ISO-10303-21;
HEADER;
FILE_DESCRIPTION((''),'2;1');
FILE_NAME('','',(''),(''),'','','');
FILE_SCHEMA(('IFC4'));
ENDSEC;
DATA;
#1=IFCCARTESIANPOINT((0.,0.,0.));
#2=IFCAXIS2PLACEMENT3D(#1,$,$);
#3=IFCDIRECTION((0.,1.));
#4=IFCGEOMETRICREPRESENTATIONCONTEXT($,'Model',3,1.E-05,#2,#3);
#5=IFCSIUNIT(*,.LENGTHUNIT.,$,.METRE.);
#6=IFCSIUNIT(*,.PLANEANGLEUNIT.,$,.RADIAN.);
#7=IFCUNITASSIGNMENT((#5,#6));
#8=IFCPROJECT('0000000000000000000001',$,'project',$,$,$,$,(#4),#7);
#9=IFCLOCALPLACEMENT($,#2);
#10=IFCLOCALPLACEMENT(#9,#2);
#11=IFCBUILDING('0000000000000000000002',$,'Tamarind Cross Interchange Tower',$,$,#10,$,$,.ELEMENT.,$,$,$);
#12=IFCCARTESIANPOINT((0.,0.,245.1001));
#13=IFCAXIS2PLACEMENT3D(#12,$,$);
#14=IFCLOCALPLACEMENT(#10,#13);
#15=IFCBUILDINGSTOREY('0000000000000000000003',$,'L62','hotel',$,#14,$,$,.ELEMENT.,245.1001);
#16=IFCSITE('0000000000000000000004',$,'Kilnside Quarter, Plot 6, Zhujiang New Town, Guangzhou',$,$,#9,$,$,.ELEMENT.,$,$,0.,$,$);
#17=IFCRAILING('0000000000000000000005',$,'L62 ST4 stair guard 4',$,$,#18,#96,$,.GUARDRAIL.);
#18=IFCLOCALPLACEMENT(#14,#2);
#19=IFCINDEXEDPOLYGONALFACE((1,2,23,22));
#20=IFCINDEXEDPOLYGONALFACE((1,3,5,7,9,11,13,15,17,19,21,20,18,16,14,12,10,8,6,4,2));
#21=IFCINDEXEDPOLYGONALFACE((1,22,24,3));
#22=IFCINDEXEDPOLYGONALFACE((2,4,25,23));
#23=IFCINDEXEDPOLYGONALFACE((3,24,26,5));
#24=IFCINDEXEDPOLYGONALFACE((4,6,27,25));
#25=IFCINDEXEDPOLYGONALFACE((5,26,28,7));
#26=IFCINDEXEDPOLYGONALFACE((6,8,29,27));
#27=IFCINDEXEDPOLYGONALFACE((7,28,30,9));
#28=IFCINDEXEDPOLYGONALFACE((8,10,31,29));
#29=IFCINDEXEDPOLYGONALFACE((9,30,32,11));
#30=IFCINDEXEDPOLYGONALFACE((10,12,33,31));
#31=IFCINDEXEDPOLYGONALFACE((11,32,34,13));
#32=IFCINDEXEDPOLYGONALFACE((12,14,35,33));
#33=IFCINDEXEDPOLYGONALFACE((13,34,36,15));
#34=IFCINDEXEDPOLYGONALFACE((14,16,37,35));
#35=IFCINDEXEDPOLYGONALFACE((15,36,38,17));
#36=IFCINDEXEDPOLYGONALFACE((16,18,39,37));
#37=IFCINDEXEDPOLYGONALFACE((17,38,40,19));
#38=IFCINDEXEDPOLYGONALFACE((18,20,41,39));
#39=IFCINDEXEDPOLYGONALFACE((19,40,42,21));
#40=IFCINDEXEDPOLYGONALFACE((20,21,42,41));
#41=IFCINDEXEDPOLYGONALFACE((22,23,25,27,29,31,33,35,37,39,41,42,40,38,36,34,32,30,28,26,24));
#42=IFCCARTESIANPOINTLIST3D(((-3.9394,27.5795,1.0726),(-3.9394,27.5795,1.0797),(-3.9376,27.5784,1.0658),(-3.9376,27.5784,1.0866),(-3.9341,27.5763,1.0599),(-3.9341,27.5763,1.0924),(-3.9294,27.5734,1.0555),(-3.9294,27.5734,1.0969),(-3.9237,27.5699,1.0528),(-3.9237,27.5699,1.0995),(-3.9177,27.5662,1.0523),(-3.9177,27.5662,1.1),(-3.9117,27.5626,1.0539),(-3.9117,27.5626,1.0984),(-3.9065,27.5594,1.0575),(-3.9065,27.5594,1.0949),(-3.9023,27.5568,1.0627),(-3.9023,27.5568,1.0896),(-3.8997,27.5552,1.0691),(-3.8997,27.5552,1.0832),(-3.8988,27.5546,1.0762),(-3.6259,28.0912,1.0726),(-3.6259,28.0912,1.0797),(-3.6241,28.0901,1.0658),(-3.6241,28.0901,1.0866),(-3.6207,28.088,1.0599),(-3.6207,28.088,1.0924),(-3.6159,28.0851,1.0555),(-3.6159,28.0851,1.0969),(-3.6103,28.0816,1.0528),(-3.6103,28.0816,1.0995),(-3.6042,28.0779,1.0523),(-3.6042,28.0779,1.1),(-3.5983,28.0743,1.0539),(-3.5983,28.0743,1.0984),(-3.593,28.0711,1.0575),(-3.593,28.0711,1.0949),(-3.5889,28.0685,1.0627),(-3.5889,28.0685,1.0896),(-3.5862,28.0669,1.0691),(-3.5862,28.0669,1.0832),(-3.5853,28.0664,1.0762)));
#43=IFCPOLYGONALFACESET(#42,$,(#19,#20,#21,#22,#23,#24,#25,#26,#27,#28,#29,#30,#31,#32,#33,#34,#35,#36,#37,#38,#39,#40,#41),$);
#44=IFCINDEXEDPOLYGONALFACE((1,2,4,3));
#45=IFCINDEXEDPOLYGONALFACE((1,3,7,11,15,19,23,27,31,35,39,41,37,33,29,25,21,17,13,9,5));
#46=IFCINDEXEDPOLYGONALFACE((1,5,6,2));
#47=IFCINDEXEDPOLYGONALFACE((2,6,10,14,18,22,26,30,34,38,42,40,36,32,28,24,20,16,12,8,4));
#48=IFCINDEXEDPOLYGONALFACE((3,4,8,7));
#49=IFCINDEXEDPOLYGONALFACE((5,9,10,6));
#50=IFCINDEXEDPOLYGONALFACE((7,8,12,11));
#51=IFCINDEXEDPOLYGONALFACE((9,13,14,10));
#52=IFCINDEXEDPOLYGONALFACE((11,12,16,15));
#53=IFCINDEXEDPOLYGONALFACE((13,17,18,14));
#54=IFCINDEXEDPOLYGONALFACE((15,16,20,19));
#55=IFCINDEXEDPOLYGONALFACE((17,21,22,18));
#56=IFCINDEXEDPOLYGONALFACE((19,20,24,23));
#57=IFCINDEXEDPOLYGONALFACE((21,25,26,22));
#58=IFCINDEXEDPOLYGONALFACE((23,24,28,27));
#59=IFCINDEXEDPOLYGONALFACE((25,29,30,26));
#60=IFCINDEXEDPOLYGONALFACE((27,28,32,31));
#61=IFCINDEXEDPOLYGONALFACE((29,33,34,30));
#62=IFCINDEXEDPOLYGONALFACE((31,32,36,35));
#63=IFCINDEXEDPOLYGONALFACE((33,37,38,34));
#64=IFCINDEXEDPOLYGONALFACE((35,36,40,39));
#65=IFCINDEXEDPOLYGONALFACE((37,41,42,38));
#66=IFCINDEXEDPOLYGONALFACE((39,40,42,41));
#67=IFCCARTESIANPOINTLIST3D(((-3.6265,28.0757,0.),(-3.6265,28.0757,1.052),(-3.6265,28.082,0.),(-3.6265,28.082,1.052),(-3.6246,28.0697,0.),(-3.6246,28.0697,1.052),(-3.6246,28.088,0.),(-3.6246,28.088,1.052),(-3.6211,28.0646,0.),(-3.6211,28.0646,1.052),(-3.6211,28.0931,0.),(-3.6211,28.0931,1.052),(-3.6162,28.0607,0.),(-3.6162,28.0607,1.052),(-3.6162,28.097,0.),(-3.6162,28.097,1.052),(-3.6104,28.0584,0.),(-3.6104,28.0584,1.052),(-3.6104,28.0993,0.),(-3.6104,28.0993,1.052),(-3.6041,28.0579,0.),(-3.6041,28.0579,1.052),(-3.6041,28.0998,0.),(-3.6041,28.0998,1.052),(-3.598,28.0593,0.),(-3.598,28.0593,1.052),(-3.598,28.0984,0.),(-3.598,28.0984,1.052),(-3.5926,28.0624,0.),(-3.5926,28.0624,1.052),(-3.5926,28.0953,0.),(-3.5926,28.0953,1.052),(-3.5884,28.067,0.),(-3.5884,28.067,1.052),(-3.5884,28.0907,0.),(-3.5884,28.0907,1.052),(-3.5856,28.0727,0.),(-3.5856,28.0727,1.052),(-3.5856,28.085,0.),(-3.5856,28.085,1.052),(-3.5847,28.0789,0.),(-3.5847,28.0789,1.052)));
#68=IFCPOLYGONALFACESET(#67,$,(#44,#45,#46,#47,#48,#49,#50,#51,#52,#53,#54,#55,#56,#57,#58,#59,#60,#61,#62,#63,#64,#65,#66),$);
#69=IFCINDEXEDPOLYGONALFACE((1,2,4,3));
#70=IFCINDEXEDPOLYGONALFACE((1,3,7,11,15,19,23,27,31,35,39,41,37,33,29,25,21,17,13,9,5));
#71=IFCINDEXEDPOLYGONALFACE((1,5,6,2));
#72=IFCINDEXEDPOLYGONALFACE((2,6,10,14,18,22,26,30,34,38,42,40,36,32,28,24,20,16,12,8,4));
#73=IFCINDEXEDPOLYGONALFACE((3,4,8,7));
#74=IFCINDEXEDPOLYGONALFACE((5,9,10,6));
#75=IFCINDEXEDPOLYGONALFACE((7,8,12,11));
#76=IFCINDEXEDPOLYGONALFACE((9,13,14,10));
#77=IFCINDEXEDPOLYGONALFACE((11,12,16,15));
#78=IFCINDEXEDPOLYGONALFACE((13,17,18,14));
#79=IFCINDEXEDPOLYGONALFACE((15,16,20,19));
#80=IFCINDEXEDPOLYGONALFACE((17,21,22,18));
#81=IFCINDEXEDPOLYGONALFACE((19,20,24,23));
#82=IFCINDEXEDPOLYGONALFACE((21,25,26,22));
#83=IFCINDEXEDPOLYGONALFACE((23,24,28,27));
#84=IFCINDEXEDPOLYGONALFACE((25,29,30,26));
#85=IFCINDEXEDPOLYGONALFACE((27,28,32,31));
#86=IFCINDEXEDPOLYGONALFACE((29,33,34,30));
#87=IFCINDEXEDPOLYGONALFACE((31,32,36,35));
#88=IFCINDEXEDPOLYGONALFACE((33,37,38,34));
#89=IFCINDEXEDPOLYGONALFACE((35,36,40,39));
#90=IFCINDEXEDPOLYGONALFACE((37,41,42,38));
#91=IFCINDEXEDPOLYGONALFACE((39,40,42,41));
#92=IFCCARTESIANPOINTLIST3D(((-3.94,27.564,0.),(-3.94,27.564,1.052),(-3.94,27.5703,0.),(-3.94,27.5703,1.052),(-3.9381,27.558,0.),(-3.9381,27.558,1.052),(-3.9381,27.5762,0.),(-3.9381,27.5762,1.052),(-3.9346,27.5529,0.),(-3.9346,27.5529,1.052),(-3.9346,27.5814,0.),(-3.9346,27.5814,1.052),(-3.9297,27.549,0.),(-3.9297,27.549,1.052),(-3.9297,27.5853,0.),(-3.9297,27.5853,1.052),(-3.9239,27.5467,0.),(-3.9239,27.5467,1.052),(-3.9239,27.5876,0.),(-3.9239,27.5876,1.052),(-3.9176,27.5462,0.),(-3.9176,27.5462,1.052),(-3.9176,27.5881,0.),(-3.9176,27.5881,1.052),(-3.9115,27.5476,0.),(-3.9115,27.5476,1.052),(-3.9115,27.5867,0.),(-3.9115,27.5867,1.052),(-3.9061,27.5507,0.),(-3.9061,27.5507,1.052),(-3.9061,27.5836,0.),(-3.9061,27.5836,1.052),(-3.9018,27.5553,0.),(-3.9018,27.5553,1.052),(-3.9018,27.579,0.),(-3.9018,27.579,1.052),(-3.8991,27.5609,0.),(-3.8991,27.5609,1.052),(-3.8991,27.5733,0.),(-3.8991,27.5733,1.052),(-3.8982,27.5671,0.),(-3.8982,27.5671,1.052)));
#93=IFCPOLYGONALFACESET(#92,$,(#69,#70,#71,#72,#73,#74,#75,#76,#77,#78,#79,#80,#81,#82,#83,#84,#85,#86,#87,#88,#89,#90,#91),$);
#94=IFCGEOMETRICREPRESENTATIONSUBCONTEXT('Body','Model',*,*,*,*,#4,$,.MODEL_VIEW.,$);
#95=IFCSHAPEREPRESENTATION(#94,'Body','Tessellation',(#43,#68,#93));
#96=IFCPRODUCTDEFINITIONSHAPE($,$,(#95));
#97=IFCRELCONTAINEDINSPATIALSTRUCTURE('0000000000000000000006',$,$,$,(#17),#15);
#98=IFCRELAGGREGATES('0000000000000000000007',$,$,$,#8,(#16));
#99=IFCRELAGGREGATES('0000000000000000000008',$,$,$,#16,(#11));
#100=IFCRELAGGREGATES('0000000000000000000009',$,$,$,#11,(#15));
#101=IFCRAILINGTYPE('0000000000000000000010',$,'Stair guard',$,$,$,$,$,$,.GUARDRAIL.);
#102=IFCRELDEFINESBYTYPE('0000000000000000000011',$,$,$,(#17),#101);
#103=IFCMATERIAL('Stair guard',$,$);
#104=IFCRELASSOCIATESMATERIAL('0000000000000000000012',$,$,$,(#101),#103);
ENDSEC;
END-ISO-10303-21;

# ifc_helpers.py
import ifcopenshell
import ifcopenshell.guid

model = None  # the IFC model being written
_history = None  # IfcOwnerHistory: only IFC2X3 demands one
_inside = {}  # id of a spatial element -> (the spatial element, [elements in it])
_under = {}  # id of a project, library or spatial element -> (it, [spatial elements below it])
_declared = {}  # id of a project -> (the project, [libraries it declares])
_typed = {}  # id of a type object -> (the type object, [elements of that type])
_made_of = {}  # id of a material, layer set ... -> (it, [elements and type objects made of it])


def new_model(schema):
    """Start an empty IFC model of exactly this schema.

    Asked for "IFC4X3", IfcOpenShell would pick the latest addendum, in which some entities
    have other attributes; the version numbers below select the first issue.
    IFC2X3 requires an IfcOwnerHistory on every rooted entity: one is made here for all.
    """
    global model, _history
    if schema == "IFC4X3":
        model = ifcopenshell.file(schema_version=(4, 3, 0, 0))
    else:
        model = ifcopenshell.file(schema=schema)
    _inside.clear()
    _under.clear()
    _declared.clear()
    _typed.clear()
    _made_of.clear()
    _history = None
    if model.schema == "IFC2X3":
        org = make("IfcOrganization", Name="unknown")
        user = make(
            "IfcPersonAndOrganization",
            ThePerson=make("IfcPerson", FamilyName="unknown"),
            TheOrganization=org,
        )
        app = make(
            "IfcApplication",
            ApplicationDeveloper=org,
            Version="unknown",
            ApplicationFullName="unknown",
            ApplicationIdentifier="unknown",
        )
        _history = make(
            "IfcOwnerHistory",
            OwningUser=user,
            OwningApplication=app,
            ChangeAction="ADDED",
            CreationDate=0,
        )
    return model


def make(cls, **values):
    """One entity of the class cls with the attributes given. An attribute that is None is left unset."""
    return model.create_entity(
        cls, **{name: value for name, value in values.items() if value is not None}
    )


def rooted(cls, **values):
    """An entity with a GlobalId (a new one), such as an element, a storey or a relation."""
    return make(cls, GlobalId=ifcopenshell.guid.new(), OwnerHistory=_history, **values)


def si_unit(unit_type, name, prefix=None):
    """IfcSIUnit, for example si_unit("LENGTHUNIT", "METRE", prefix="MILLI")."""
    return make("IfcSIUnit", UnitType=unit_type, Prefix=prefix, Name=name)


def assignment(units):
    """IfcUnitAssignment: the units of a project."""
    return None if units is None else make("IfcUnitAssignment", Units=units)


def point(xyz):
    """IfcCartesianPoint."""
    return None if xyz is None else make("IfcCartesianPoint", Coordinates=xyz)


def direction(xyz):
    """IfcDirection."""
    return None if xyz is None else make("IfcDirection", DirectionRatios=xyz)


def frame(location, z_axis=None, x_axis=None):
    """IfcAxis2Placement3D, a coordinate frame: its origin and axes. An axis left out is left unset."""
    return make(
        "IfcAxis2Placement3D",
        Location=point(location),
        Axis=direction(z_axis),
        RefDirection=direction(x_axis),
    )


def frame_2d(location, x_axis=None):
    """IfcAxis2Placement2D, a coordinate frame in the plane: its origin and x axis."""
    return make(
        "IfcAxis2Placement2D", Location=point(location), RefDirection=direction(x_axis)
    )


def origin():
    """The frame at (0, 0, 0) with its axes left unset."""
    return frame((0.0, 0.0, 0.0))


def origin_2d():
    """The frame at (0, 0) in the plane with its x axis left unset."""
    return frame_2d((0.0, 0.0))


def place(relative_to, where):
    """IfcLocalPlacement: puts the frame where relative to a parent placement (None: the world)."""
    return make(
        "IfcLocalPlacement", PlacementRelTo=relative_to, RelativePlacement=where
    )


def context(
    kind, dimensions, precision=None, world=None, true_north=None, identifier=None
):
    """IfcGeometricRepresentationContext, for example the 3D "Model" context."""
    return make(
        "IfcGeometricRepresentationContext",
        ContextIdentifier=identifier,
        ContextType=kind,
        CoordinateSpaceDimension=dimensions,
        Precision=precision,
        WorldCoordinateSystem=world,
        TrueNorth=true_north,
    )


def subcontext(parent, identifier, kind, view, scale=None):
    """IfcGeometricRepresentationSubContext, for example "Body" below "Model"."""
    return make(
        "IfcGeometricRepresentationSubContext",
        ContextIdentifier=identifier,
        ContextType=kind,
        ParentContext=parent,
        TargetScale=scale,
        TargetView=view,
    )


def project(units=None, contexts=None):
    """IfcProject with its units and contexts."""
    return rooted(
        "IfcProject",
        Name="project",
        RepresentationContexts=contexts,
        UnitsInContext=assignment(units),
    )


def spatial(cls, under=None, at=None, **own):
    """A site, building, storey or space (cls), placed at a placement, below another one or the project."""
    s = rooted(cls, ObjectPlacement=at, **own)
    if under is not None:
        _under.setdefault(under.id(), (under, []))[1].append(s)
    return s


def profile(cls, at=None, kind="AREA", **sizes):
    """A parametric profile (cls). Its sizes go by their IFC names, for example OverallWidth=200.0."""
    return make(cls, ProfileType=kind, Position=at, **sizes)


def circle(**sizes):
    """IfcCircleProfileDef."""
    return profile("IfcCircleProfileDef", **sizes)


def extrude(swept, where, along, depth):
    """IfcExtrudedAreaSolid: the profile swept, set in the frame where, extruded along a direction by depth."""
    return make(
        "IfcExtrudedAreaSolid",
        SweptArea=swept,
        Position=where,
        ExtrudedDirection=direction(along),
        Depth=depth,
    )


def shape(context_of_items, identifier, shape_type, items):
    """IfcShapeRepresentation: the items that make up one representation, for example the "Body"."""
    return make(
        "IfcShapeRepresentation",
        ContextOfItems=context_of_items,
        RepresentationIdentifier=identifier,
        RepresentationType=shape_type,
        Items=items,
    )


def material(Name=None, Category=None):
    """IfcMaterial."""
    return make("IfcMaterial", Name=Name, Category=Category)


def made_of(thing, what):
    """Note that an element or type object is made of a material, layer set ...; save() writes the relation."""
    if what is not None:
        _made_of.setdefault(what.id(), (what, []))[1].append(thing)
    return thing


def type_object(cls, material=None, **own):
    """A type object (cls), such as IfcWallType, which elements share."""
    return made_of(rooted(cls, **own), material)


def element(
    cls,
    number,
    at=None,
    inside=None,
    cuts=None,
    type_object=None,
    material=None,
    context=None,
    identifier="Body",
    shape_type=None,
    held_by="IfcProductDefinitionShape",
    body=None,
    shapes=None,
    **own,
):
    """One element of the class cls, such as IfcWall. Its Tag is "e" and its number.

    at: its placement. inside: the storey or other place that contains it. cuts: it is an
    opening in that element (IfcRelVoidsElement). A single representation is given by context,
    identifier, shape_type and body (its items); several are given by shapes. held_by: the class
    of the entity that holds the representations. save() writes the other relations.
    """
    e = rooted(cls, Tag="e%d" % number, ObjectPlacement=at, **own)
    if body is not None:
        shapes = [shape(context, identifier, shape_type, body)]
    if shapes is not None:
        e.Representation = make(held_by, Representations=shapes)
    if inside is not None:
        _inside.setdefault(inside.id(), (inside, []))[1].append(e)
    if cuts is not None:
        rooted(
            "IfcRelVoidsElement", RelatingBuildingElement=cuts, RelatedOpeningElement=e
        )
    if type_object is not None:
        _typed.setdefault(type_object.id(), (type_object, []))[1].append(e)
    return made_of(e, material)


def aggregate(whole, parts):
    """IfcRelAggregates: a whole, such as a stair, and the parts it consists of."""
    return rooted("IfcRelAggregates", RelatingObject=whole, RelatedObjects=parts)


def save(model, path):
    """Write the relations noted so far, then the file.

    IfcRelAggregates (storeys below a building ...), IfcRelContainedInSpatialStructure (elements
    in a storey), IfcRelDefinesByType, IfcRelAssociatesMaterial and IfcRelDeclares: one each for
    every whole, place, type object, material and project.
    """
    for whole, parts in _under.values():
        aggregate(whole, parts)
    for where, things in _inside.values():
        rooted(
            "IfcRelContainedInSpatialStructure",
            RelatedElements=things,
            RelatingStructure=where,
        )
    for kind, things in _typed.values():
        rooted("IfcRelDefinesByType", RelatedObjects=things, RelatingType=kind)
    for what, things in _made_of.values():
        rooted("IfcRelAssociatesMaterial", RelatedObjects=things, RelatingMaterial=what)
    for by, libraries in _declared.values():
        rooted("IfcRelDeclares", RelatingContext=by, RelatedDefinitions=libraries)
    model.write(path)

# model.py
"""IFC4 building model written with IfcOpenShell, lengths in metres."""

from ifc_helpers import new_model, si_unit, direction, frame, origin, origin_2d, place, context, subcontext, project, spatial, circle, extrude, material, type_object, element, save


model = new_model("IFC4")

# Units and contexts
model_context = context("Model", 3, precision=1e-05, world=origin(), true_north=direction((0.0, 1.0)))
body_context = subcontext(model_context, "Body", "Model", "MODEL_VIEW")
ifc_project = project(units=[si_unit("LENGTHUNIT", "METRE"), si_unit("PLANEANGLEUNIT", "RADIAN")], contexts=[model_context])

# Site, building, storey
site_placement = place(None, origin())
site = spatial("IfcSite", under=ifc_project, at=site_placement, Name="Kilnside Quarter, Plot 6, Zhujiang New Town, Guangzhou", CompositionType="ELEMENT", RefElevation=0.0)
building_placement = place(site_placement, origin())
building = spatial("IfcBuilding", under=site, at=building_placement, Name="Tamarind Cross Interchange Tower", CompositionType="ELEMENT")
storey_placement = place(building_placement, frame((0.0, 0.0, 245.1001)))
storey = spatial("IfcBuildingStorey", under=building, at=storey_placement, Name="L62", Description="hotel", CompositionType="ELEMENT", Elevation=245.1001)

# Railing
ifc_material_1 = material(Name="Stair guard")
railing_type_1 = type_object("IfcRailingType", Name="Stair guard", PredefinedType="GUARDRAIL", material=ifc_material_1)
railing_1_placement = place(storey_placement, frame((-3.6057, 28.0789, 0.0)))
element("IfcRailing", 1, at=railing_1_placement, inside=storey, type_object=railing_type_1, Name="L62 ST4 stair guard 4", PredefinedType="GUARDRAIL", context=body_context, shape_type="SweptSolid", body=[
    extrude(circle(Radius=0.0239, at=origin_2d()), frame((0.0, 0.0, 1.0762), z_axis=(-0.522371, -0.852718, 0.0), x_axis=(0.852718, -0.522371, 0.0)), (0.0, 0.0, 1.0), 0.6001),
    extrude(circle(Radius=0.021, at=origin_2d()), origin(), (0.0, 0.0, 1.0), 1.052),
    extrude(circle(Radius=0.021, at=origin_2d()), frame((-0.3135, -0.5117, 0.0)), (0.0, 0.0, 1.0), 1.052),
])

save(model, "model.ifc")
